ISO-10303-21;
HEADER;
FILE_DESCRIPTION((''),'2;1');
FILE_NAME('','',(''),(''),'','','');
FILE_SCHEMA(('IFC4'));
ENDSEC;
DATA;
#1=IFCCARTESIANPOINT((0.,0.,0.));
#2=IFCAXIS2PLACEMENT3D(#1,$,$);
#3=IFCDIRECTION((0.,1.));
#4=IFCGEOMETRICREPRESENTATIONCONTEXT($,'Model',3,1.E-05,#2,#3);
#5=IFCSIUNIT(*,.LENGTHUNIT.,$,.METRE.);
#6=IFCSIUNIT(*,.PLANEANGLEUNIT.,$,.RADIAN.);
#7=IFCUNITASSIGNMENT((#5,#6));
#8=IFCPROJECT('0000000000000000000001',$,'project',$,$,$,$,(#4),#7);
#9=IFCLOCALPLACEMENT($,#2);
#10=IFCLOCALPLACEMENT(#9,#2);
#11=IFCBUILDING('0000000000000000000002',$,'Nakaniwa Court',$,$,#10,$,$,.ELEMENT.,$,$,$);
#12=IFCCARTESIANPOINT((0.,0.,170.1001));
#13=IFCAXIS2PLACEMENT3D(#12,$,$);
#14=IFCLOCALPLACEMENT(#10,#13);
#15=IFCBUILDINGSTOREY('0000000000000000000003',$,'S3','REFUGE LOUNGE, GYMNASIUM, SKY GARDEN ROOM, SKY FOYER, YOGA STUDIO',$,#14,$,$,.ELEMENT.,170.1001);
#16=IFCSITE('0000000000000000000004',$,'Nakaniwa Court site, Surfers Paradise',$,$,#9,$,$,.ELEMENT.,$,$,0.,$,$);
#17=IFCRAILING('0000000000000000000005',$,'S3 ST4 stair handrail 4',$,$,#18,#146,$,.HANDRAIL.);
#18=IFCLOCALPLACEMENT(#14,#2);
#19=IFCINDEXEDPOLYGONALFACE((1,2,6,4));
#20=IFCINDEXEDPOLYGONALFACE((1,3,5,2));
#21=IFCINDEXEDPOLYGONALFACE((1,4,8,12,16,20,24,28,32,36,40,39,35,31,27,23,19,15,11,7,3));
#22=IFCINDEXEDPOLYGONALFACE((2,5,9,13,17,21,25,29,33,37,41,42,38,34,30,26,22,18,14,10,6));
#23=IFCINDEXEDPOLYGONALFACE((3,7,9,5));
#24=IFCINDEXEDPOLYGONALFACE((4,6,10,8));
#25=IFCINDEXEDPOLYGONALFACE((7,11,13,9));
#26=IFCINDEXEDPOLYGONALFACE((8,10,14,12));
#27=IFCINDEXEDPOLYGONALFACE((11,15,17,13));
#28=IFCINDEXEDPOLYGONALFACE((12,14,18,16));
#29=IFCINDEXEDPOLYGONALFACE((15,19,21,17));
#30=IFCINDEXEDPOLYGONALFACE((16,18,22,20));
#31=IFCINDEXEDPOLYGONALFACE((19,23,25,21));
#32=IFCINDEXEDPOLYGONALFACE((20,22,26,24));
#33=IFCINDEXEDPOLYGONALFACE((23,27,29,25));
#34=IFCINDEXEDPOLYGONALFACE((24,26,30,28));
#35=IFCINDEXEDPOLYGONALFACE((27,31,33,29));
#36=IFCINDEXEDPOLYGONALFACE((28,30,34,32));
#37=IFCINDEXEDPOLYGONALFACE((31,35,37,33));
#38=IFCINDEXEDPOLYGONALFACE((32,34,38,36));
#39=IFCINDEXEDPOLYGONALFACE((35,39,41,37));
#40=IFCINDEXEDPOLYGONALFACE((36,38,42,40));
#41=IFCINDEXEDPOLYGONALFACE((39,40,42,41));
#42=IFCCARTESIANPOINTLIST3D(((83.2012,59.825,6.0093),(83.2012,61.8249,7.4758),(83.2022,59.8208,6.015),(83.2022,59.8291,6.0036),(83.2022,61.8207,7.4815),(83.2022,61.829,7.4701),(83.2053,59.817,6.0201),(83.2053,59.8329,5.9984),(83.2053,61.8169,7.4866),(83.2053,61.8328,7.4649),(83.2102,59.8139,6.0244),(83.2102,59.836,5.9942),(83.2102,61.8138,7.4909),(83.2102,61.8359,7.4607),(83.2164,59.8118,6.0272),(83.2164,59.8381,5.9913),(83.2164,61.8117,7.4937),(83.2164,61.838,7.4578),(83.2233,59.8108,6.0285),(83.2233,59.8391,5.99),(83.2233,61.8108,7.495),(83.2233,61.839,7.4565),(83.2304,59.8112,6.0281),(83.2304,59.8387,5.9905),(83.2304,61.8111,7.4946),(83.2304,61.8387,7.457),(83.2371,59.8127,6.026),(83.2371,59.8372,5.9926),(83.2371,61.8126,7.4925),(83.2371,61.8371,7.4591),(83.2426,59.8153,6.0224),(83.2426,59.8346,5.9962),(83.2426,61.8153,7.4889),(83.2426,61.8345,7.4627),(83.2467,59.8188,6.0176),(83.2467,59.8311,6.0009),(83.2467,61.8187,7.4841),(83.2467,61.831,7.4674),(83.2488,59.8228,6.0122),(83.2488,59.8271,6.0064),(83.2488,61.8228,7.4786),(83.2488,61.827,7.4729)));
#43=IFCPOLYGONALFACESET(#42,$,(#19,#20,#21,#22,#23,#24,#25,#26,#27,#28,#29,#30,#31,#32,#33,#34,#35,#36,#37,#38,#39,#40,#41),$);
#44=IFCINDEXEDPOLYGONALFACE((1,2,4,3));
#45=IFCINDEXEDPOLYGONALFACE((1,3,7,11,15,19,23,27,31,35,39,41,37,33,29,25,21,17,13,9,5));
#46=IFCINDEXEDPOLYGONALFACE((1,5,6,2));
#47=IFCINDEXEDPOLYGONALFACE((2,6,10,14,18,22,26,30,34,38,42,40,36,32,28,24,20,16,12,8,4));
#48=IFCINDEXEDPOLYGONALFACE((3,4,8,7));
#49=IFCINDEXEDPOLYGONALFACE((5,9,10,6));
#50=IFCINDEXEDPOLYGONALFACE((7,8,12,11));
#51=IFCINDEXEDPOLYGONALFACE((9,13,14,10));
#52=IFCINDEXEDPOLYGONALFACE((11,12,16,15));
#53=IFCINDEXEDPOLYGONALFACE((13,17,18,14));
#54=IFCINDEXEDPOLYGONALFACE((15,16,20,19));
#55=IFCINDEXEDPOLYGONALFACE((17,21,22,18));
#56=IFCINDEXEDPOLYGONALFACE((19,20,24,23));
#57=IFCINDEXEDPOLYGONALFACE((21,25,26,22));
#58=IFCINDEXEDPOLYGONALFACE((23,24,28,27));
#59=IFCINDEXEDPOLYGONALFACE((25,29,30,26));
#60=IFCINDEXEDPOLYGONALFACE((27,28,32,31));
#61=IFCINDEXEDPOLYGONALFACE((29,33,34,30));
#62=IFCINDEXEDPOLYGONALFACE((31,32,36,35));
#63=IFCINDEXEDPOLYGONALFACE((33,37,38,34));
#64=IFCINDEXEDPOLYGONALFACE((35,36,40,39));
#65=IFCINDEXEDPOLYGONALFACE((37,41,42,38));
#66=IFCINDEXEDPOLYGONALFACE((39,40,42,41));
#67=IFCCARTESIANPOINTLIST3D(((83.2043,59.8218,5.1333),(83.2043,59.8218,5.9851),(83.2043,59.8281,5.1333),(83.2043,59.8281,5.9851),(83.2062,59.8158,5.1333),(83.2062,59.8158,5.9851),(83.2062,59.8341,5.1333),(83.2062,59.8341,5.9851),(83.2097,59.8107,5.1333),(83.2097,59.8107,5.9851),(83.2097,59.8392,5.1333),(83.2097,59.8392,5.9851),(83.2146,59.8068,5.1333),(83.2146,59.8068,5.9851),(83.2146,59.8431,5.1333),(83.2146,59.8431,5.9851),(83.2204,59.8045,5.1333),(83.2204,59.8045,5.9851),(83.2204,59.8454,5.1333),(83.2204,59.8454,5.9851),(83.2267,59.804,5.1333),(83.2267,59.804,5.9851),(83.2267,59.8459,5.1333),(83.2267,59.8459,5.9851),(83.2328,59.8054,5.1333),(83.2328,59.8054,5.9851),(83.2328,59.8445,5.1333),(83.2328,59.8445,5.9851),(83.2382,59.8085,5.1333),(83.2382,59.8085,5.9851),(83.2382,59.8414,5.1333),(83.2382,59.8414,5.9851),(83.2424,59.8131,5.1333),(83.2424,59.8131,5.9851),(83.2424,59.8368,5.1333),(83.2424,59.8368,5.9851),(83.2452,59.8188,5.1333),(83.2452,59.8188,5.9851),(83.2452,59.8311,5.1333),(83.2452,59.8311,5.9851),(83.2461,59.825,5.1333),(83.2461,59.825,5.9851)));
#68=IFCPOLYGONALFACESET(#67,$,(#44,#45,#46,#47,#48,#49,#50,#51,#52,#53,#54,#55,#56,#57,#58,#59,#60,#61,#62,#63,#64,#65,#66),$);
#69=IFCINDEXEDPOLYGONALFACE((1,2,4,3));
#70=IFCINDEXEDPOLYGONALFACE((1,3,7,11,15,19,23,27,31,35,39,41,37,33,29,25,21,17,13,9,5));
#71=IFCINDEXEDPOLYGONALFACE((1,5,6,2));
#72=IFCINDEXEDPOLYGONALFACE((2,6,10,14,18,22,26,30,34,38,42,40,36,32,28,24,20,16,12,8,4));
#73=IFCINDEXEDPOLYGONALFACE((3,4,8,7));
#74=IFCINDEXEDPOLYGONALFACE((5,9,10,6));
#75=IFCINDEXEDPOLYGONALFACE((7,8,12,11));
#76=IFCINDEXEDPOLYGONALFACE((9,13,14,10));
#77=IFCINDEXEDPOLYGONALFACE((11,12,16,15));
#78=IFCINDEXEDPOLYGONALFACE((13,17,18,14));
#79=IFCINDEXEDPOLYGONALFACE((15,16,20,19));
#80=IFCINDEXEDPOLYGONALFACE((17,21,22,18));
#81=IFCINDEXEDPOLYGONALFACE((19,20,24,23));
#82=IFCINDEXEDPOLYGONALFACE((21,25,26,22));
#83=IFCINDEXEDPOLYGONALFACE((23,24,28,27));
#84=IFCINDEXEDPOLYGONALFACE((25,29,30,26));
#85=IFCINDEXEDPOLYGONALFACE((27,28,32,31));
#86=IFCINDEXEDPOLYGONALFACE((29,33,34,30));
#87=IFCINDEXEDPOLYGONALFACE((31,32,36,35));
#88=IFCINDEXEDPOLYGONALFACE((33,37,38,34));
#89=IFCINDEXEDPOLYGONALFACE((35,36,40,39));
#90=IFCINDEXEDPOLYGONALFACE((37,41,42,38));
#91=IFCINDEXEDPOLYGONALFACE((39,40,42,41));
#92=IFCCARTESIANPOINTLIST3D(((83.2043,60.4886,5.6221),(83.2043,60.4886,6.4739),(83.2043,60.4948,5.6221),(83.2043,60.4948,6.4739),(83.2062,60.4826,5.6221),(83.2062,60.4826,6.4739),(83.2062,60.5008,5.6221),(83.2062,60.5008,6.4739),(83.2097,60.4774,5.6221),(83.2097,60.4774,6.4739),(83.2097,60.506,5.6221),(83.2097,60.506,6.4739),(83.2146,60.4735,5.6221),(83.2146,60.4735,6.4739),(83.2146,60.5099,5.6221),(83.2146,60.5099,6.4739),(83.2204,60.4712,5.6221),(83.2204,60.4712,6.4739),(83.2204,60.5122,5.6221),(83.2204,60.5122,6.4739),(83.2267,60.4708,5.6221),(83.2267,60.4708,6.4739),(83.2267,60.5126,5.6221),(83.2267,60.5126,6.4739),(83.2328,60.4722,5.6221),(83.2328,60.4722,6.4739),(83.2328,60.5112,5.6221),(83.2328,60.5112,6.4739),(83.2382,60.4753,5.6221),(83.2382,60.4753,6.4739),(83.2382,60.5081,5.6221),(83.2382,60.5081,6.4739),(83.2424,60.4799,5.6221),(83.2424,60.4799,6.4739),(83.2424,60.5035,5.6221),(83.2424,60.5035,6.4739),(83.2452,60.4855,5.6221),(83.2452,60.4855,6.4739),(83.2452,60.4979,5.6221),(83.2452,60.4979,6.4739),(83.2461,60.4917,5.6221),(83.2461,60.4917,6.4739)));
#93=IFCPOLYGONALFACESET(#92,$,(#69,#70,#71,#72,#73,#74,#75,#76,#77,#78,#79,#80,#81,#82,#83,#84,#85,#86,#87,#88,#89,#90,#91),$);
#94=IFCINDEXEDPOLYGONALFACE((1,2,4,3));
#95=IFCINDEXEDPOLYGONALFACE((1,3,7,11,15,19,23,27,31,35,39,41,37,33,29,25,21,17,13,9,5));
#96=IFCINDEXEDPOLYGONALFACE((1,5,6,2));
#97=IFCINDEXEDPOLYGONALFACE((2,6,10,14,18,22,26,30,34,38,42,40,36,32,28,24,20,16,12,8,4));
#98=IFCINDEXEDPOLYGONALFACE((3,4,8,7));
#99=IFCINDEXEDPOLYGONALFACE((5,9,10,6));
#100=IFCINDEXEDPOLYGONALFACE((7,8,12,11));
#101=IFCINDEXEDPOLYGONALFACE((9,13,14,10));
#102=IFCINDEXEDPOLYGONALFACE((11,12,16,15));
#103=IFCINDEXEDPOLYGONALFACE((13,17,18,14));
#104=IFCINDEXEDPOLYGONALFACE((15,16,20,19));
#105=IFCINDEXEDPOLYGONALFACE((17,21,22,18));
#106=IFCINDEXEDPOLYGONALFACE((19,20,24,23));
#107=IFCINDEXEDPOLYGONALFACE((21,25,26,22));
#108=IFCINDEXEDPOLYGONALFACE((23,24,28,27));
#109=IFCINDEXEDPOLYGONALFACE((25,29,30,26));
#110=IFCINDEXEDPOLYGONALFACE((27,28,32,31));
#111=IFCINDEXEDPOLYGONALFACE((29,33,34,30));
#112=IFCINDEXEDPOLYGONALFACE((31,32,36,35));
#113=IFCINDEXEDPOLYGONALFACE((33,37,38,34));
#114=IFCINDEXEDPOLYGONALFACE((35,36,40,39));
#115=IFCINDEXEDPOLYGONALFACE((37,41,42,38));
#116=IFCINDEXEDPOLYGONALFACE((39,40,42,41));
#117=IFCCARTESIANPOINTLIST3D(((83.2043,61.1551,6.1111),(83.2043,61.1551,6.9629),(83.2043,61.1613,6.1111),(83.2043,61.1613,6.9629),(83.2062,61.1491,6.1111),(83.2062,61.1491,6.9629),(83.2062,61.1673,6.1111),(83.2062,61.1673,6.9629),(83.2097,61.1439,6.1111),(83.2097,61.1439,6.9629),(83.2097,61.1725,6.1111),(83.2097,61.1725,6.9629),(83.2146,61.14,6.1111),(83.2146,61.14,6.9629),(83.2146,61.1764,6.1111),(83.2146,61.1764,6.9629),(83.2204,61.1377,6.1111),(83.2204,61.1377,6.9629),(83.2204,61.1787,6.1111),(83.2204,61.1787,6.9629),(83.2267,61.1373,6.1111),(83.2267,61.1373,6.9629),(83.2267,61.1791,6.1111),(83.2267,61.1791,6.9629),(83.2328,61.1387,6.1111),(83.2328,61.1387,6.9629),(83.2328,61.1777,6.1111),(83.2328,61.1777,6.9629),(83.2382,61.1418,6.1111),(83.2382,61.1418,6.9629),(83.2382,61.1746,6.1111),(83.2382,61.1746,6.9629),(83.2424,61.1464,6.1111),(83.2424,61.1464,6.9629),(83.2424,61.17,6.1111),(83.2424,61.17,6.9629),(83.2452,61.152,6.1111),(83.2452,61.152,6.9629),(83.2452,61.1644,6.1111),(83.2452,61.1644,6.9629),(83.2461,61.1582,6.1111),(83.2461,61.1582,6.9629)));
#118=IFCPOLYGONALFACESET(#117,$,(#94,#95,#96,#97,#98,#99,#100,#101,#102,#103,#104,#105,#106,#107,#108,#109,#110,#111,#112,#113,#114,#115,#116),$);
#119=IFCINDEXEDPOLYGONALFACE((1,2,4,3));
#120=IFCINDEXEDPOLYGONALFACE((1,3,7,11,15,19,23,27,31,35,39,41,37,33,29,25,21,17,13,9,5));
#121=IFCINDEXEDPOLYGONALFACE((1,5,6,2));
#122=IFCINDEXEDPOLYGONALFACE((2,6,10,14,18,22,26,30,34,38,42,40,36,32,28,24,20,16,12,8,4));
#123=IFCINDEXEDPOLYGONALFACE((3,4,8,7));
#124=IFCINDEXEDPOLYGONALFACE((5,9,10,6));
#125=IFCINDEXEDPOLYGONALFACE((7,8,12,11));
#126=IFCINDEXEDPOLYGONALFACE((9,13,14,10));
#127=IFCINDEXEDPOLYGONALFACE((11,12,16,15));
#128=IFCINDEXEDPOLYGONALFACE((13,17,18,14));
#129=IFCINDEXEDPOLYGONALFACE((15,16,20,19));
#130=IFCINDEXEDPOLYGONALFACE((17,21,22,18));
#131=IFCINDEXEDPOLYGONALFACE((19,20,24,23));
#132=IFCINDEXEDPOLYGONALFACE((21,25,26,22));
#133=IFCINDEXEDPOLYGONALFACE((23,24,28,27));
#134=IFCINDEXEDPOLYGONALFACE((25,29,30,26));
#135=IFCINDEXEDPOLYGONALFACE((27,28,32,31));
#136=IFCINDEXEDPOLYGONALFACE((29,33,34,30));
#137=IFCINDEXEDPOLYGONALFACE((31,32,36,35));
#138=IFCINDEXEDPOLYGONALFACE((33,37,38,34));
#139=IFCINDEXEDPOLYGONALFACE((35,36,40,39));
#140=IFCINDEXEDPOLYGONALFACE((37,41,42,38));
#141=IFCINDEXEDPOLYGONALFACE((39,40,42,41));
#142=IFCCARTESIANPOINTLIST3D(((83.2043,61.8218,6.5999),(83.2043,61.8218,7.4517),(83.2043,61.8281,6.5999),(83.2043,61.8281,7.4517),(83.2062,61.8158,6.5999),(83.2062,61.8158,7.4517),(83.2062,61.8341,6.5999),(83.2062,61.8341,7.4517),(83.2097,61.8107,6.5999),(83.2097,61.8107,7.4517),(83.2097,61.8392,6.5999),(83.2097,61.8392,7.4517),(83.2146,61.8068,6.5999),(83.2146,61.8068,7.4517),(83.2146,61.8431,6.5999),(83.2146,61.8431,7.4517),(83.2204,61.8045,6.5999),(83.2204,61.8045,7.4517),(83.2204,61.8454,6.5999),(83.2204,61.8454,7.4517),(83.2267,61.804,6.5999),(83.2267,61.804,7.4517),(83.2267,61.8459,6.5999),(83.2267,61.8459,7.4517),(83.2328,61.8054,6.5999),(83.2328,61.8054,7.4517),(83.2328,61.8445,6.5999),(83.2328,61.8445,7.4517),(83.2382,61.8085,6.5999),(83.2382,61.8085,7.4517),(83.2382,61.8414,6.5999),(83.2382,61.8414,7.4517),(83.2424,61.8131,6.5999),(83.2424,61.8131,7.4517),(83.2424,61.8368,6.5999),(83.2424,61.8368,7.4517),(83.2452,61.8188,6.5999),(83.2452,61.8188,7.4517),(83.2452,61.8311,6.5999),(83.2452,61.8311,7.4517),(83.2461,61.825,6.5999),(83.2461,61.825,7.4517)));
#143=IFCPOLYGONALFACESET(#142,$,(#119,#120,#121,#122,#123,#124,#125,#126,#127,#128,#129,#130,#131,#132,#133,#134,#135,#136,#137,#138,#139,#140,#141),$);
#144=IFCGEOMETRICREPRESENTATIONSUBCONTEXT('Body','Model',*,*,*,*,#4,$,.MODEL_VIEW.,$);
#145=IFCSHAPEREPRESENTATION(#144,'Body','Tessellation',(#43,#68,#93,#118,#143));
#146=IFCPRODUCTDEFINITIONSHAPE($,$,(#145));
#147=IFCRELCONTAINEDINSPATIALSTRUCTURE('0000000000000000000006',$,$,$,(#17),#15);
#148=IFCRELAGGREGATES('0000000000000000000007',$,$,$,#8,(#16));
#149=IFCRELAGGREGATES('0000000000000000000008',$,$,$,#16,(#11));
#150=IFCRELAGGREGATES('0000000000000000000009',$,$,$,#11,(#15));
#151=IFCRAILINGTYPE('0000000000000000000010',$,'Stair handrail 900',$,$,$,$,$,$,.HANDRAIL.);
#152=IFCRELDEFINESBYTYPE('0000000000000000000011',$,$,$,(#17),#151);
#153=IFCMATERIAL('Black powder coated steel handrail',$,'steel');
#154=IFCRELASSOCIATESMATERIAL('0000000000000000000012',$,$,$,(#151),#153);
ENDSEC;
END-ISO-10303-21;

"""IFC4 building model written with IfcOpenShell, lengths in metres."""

from ifc_helpers import new_model, si_unit, direction, frame, origin, origin_2d, place, context, subcontext, project, spatial, circle, extrude, material, type_object, element, save


model = new_model("IFC4")

# Units and contexts
model_context = context("Model", 3, precision=1e-05, world=origin(), true_north=direction((0.0, 1.0)))
body_context = subcontext(model_context, "Body", "Model", "MODEL_VIEW")
ifc_project = project(units=[si_unit("LENGTHUNIT", "METRE"), si_unit("PLANEANGLEUNIT", "RADIAN")], contexts=[model_context])

# Site, building, storey
site_placement = place(None, origin())
site = spatial("IfcSite", under=ifc_project, at=site_placement, Name="Nakaniwa Court site, Surfers Paradise", CompositionType="ELEMENT", RefElevation=0.0)
building_placement = place(site_placement, origin())
building = spatial("IfcBuilding", under=site, at=building_placement, Name="Nakaniwa Court", CompositionType="ELEMENT")
storey_placement = place(building_placement, frame((0.0, 0.0, 170.1001)))
storey = spatial("IfcBuildingStorey", under=building, at=storey_placement, Name="S3", Description="REFUGE LOUNGE, GYMNASIUM, SKY GARDEN ROOM, SKY FOYER, YOGA STUDIO", CompositionType="ELEMENT", Elevation=170.1001)

# Railing
ifc_material_1 = material(Name="Black powder coated steel handrail", Category="steel")
railing_type_1 = type_object("IfcRailingType", Name="Stair handrail 900", PredefinedType="HANDRAIL", material=ifc_material_1)
for number, where, name in (
    (1, (83.2251, 59.825, 5.1333), "S3 ST4 stair handrail 4"),
):
    element("IfcRailing", number, at=place(storey_placement, frame(where)), inside=storey, type_object=railing_type_1, Name=name, PredefinedType="HANDRAIL", context=body_context, shape_type="SweptSolid", body=[
        extrude(circle(Radius=0.0239, at=origin_2d()), frame((0.0, 0.0, 0.876), z_axis=(0.0, 0.806427, 0.591334), x_axis=(-1.0, 0.0, 0.0)), (0.0, 0.0, 1.0), 2.48),
        extrude(circle(Radius=0.021, at=origin_2d()), origin(), (0.0, 0.0, 1.0), 0.8518),
        extrude(circle(Radius=0.021, at=origin_2d()), frame((0.0, 0.6667, 0.4888)), (0.0, 0.0, 1.0), 0.8518),
        extrude(circle(Radius=0.021, at=origin_2d()), frame((0.0, 1.3333, 0.9778)), (0.0, 0.0, 1.0), 0.8518),
        extrude(circle(Radius=0.021, at=origin_2d()), frame((0.0, 2.0, 1.4666)), (0.0, 0.0, 1.0), 0.8518),
    ])

save(model, "model.ifc")
